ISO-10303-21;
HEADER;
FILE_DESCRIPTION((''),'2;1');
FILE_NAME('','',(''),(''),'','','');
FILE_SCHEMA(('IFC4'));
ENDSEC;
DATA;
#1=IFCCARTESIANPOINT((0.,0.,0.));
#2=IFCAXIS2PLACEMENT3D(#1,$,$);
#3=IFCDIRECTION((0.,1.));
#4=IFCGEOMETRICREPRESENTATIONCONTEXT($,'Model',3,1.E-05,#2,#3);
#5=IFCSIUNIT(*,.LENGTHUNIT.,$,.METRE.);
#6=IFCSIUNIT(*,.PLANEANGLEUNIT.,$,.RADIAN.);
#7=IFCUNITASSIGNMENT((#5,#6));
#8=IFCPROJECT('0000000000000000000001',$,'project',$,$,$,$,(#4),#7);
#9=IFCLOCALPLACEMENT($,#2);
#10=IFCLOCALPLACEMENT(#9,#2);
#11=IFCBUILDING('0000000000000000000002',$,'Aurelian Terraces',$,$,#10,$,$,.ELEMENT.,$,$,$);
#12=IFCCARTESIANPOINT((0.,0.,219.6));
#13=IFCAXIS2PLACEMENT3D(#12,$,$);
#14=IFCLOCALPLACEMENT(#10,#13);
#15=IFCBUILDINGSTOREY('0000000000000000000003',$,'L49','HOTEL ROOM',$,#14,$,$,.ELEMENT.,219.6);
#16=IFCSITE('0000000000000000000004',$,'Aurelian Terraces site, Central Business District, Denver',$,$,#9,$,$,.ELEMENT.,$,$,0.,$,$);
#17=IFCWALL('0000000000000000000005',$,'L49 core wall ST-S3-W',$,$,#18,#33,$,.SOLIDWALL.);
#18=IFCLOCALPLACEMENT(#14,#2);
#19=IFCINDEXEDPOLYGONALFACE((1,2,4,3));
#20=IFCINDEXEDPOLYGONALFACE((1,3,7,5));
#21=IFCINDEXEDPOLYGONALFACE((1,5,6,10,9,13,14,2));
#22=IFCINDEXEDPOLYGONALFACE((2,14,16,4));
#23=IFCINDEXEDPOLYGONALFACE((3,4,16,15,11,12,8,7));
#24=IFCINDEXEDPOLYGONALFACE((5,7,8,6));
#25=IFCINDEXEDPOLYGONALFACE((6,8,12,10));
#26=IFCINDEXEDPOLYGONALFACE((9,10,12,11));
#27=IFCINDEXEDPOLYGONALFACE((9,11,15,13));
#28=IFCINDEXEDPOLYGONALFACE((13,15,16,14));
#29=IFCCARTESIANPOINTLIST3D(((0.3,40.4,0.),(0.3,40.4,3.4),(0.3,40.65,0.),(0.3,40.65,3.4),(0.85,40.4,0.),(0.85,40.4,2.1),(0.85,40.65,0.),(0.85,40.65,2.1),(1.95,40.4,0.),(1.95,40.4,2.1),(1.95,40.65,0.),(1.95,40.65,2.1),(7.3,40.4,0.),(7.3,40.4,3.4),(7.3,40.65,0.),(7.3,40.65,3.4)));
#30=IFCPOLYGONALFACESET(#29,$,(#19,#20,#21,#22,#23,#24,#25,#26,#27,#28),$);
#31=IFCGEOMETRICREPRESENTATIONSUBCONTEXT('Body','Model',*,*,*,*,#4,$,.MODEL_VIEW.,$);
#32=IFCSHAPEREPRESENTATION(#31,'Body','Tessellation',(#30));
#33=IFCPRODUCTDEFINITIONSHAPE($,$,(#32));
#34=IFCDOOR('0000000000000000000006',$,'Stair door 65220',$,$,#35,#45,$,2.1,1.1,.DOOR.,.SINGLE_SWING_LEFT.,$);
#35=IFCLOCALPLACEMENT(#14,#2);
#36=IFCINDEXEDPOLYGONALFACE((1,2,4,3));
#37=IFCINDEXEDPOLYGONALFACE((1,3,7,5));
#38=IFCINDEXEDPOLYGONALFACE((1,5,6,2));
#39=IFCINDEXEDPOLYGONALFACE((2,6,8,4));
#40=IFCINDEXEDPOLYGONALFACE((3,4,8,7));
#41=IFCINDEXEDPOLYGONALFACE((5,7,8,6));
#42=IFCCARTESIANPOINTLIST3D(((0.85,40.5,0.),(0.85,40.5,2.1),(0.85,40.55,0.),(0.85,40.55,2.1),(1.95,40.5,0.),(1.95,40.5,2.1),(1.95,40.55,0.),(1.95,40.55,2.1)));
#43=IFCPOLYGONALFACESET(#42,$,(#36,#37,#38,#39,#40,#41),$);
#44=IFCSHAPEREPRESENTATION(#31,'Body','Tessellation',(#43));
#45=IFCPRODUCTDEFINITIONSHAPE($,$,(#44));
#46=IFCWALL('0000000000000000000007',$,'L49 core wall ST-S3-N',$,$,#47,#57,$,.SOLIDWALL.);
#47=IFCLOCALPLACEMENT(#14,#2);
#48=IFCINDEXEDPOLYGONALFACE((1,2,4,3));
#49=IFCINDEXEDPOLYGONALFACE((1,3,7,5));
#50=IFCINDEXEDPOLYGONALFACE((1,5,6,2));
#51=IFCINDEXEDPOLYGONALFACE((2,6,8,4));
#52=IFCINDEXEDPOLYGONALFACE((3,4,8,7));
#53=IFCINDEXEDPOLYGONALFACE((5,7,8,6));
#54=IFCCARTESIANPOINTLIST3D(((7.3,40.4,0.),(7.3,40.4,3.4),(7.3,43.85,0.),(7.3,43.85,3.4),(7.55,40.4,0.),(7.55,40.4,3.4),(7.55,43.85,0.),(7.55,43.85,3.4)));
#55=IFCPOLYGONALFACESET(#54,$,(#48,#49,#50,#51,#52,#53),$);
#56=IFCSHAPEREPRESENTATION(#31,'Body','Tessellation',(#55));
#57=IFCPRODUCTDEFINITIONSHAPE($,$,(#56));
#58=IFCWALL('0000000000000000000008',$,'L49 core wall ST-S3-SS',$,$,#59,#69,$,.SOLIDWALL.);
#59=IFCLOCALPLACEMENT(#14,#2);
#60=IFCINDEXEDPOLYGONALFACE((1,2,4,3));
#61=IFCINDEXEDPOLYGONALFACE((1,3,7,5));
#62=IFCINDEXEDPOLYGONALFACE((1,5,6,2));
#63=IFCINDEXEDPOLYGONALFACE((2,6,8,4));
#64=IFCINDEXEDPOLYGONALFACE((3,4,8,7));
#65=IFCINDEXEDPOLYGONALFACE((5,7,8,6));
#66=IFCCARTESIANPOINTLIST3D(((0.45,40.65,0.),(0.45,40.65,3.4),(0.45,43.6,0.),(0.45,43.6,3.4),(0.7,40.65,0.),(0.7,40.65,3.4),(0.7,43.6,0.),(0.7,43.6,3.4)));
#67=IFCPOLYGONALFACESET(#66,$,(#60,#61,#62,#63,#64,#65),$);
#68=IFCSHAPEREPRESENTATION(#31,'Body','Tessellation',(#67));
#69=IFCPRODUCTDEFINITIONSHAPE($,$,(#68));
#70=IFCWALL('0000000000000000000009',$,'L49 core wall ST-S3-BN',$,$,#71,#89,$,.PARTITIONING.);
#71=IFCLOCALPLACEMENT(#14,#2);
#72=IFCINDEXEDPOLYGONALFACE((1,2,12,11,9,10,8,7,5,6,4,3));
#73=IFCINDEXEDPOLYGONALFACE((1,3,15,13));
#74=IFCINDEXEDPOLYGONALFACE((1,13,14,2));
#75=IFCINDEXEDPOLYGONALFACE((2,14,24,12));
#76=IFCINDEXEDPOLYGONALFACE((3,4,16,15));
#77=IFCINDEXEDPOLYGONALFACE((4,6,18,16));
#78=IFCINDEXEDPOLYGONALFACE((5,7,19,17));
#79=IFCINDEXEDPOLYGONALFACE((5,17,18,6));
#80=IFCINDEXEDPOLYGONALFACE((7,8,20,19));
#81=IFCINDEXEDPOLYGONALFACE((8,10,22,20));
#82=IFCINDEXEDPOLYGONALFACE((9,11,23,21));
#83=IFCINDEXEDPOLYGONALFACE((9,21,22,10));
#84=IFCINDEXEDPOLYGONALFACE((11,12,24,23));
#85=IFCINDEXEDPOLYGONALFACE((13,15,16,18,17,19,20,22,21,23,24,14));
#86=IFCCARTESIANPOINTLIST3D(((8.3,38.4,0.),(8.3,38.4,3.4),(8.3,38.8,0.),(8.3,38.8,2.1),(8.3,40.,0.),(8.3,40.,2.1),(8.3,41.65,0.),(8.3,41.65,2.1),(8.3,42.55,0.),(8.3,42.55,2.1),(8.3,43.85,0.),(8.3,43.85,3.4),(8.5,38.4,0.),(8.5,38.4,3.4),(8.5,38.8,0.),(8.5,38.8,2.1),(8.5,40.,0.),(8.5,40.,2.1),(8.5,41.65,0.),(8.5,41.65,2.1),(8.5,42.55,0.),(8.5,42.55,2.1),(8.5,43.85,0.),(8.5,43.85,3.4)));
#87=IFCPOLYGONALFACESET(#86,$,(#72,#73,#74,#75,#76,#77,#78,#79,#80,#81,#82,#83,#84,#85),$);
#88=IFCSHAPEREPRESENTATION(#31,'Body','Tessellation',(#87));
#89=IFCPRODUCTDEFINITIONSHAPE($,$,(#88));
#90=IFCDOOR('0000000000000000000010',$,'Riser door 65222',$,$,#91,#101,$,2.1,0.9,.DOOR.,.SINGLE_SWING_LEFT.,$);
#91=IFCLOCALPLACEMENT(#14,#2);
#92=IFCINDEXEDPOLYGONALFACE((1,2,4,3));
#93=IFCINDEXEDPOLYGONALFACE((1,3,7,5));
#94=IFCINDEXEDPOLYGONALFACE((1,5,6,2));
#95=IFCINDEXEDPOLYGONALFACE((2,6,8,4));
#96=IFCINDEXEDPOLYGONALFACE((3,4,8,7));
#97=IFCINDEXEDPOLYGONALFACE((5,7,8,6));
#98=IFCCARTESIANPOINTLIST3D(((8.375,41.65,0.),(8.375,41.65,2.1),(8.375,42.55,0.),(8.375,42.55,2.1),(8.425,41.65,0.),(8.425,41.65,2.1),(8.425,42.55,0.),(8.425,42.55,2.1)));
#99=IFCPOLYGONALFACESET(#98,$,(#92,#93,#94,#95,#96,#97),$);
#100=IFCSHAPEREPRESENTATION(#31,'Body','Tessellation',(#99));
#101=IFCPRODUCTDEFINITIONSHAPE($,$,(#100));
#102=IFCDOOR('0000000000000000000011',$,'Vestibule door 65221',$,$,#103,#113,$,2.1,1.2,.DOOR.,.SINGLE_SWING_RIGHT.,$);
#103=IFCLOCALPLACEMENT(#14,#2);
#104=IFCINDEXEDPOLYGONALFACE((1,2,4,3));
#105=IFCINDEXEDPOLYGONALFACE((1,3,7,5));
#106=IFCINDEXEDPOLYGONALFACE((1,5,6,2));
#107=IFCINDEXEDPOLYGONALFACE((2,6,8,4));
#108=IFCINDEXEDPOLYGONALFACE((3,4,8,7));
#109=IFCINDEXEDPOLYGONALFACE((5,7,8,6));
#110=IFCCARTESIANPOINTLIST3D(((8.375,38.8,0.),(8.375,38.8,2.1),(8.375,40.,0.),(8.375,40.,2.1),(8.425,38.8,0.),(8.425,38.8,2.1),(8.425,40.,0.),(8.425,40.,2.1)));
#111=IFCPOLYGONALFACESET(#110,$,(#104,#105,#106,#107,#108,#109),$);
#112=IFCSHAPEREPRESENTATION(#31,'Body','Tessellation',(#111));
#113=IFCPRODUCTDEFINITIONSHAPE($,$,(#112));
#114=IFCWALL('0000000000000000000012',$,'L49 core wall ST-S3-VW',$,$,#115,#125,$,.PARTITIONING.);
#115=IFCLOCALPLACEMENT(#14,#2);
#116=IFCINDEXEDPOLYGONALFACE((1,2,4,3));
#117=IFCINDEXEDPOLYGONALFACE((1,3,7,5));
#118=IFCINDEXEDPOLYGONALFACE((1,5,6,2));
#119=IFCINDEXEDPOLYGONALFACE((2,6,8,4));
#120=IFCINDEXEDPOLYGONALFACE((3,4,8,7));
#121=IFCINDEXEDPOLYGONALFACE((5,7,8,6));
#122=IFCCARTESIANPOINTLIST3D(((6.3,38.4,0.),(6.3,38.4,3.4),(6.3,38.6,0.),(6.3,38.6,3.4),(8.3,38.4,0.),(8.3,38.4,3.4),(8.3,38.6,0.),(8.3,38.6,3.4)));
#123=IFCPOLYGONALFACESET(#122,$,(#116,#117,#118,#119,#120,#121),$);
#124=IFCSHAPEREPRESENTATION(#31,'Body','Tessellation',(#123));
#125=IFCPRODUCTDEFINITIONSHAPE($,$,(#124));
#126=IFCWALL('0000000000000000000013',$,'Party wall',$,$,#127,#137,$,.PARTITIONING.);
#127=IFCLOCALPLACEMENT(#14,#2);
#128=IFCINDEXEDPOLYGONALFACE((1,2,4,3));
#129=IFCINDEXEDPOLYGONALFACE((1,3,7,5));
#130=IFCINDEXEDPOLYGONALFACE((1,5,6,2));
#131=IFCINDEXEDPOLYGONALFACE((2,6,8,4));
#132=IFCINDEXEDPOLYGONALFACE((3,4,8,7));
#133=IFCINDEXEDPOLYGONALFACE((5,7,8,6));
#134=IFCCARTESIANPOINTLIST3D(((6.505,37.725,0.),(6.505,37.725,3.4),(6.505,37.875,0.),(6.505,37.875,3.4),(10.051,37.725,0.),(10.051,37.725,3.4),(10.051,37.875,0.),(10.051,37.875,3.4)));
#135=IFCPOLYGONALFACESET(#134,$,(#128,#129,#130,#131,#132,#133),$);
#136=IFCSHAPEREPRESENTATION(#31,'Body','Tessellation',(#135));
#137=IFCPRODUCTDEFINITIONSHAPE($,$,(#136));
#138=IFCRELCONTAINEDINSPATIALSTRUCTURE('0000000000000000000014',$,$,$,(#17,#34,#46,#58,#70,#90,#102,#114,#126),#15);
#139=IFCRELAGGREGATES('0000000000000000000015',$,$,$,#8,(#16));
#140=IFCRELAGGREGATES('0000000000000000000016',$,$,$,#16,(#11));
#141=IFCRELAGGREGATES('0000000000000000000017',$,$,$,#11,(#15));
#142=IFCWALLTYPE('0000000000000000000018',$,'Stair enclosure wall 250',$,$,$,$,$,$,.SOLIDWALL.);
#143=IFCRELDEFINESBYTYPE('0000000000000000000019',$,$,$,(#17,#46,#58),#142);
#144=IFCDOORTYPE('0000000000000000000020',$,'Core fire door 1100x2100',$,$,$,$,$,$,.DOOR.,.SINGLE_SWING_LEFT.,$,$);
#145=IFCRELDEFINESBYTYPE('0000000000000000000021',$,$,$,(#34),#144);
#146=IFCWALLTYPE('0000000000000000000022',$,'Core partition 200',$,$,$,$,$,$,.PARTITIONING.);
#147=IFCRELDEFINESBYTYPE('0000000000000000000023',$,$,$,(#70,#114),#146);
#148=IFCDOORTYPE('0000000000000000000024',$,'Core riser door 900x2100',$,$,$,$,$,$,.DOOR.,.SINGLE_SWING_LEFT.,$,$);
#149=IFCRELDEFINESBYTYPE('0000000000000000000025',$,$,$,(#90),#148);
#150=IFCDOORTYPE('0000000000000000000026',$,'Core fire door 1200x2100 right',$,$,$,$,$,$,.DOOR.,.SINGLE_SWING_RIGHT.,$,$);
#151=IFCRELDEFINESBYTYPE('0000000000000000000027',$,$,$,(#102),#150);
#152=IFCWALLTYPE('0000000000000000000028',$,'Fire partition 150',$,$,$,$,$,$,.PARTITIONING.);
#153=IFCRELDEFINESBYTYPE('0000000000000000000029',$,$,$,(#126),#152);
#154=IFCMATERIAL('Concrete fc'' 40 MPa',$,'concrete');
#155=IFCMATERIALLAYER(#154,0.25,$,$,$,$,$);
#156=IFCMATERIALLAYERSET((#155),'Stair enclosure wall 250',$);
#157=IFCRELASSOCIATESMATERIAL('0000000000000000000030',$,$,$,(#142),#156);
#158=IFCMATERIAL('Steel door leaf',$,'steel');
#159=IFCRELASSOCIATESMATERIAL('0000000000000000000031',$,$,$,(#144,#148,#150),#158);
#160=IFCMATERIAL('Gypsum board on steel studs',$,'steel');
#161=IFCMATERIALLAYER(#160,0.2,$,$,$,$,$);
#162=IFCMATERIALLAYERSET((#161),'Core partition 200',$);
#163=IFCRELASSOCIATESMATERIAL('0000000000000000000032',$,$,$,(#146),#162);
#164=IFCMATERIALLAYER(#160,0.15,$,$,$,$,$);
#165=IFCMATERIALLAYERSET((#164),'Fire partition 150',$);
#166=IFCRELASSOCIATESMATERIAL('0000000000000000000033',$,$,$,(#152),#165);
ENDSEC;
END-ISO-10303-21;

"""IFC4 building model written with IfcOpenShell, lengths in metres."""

from ifc_helpers import new_model, si_unit, direction, frame, frame_2d, origin, place, context, subcontext, project, spatial, rectangle, extrude, source, transform, mapped, material, layer, layer_set, type_object, element, fill, save


model = new_model("IFC4")

# Units and contexts
model_context = context("Model", 3, precision=1e-05, world=origin(), true_north=direction((0.0, 1.0)))
body_context = subcontext(model_context, "Body", "Model", "MODEL_VIEW")
ifc_project = project(units=[si_unit("LENGTHUNIT", "METRE"), si_unit("PLANEANGLEUNIT", "RADIAN")], contexts=[model_context])

# Site, building, storey
site_placement = place(None, origin())
site = spatial("IfcSite", under=ifc_project, at=site_placement, Name="Aurelian Terraces site, Central Business District, Denver", CompositionType="ELEMENT", RefElevation=0.0)
building_placement = place(site_placement, origin())
building = spatial("IfcBuilding", under=site, at=building_placement, Name="Aurelian Terraces", CompositionType="ELEMENT")
storey_placement = place(building_placement, frame((0.0, 0.0, 219.6)))
storey = spatial("IfcBuildingStorey", under=building, at=storey_placement, Name="L49", Description="HOTEL ROOM", CompositionType="ELEMENT", Elevation=219.6)

# Shared definitions
ifc_material_1 = material(Name="Concrete fc' 40 MPa", Category="concrete")

# Wall, opening, door
ifc_layer_1 = layer(ifc_material_1, 0.25)
ifc_layer_set_1 = layer_set([ifc_layer_1], Name="Stair enclosure wall 250")
wall_type_1 = type_object("IfcWallType", Name="Stair enclosure wall 250", PredefinedType="SOLIDWALL", material=ifc_layer_set_1)
shared_shape_1 = source(origin(), body_context, "Body", "SweptSolid", [
    extrude(rectangle(XDim=7.0, YDim=0.25, at=frame_2d((3.5, 0.0))), origin(), (0.0, 0.0, 1.0), 3.4),
])
wall_1_placement = place(storey_placement, frame((0.3, 40.525, 0.0), z_axis=(0.0, 0.0, 1.0), x_axis=(1.0, 0.0, 0.0)))
wall_1 = element("IfcWall", 1, at=wall_1_placement, inside=storey, type_object=wall_type_1, Name="L49 core wall ST-S3-W", PredefinedType="SOLIDWALL", context=body_context, shape_type="MappedRepresentation", body=[
    mapped(shared_shape_1, transform((0.0, 0.0, 0.0), scale=1.0)),
])
shared_shape_2 = source(origin(), body_context, "Body", "SweptSolid", [
    extrude(rectangle(XDim=1.1, YDim=2.1, at=frame_2d((0.55, 1.05))), frame((0.0, 0.135, 0.0), z_axis=(0.0, -1.0, 0.0), x_axis=(1.0, 0.0, 0.0)), (0.0, 0.0, 1.0), 0.27),
])
opening_1_placement = place(wall_1_placement, frame((0.55, 0.0, 0.0)))
opening_1 = element("IfcOpeningElement", 2, at=opening_1_placement, cuts=wall_1, PredefinedType="OPENING", context=body_context, shape_type="MappedRepresentation", body=[
    mapped(shared_shape_2, transform((0.0, 0.0, 0.0), scale=1.0)),
])
ifc_material_2 = material(Name="Steel door leaf", Category="steel")
door_type_1 = type_object("IfcDoorType", Name="Core fire door 1100x2100", OperationType="SINGLE_SWING_LEFT", PredefinedType="DOOR", material=ifc_material_2)
shared_shape_3 = source(origin(), body_context, "Body", "SweptSolid", [
    extrude(rectangle(XDim=1.1, YDim=2.1, at=frame_2d((0.55, 1.05))), frame((0.0, 0.025, 0.0), z_axis=(0.0, -1.0, 0.0), x_axis=(1.0, 0.0, 0.0)), (0.0, 0.0, 1.0), 0.05),
])
door_1_placement = place(opening_1_placement, origin())
door_1 = element("IfcDoor", 3, at=door_1_placement, inside=storey, type_object=door_type_1, Name="Stair door 65220", OperationType="SINGLE_SWING_LEFT", OverallHeight=2.1, OverallWidth=1.1, PredefinedType="DOOR", context=body_context, shape_type="MappedRepresentation", body=[
    mapped(shared_shape_3, transform((0.0, 0.0, 0.0), scale=1.0)),
])
fill(opening_1, door_1)

# Walls
shared_shape_4 = source(origin(), body_context, "Body", "SweptSolid", [
    extrude(rectangle(XDim=3.45, YDim=0.25, at=frame_2d((1.725, 0.0))), origin(), (0.0, 0.0, 1.0), 3.4),
])
wall_2_placement = place(storey_placement, frame((7.425, 40.4, 0.0), z_axis=(0.0, 0.0, 1.0), x_axis=(0.0, 1.0, 0.0)))
element("IfcWall", 4, at=wall_2_placement, inside=storey, type_object=wall_type_1, Name="L49 core wall ST-S3-N", PredefinedType="SOLIDWALL", context=body_context, shape_type="MappedRepresentation", body=[
    mapped(shared_shape_4, transform((0.0, 0.0, 0.0), scale=1.0)),
])
shared_shape_5 = source(origin(), body_context, "Body", "SweptSolid", [
    extrude(rectangle(XDim=2.95, YDim=0.25, at=frame_2d((1.475, 0.0))), origin(), (0.0, 0.0, 1.0), 3.4),
])
wall_3_placement = place(storey_placement, frame((0.575, 40.65, 0.0), z_axis=(0.0, 0.0, 1.0), x_axis=(0.0, 1.0, 0.0)))
element("IfcWall", 5, at=wall_3_placement, inside=storey, type_object=wall_type_1, Name="L49 core wall ST-S3-SS", PredefinedType="SOLIDWALL", context=body_context, shape_type="MappedRepresentation", body=[
    mapped(shared_shape_5, transform((0.0, 0.0, 0.0), scale=1.0)),
])

# Wall, openings, doors
ifc_material_3 = material(Name="Gypsum board on steel studs", Category="steel")
ifc_layer_2 = layer(ifc_material_3, 0.2)
ifc_layer_set_2 = layer_set([ifc_layer_2], Name="Core partition 200")
wall_type_2 = type_object("IfcWallType", Name="Core partition 200", PredefinedType="PARTITIONING", material=ifc_layer_set_2)
shared_shape_6 = source(origin(), body_context, "Body", "SweptSolid", [
    extrude(rectangle(XDim=5.45, YDim=0.2, at=frame_2d((2.725, 0.0))), origin(), (0.0, 0.0, 1.0), 3.4),
])
wall_4_placement = place(storey_placement, frame((8.4, 38.4, 0.0), z_axis=(0.0, 0.0, 1.0), x_axis=(0.0, 1.0, 0.0)))
wall_4 = element("IfcWall", 6, at=wall_4_placement, inside=storey, type_object=wall_type_2, Name="L49 core wall ST-S3-BN", PredefinedType="PARTITIONING", context=body_context, shape_type="MappedRepresentation", body=[
    mapped(shared_shape_6, transform((0.0, 0.0, 0.0), scale=1.0)),
])
shared_shape_7 = source(origin(), body_context, "Body", "SweptSolid", [
    extrude(rectangle(XDim=1.2, YDim=2.1, at=frame_2d((0.6, 1.05))), frame((0.0, 0.11, 0.0), z_axis=(0.0, -1.0, 0.0), x_axis=(1.0, 0.0, 0.0)), (0.0, 0.0, 1.0), 0.22),
])
opening_2_placement = place(wall_4_placement, frame((0.4, 0.0, 0.0)))
opening_2 = element("IfcOpeningElement", 7, at=opening_2_placement, cuts=wall_4, PredefinedType="OPENING", context=body_context, shape_type="MappedRepresentation", body=[
    mapped(shared_shape_7, transform((0.0, 0.0, 0.0), scale=1.0)),
])
shared_shape_8 = source(origin(), body_context, "Body", "SweptSolid", [
    extrude(rectangle(XDim=0.9, YDim=2.1, at=frame_2d((0.45, 1.05))), frame((0.0, 0.11, 0.0), z_axis=(0.0, -1.0, 0.0), x_axis=(1.0, 0.0, 0.0)), (0.0, 0.0, 1.0), 0.22),
])
opening_3_placement = place(wall_4_placement, frame((3.25, 0.0, 0.0)))
opening_3 = element("IfcOpeningElement", 8, at=opening_3_placement, cuts=wall_4, PredefinedType="OPENING", context=body_context, shape_type="MappedRepresentation", body=[
    mapped(shared_shape_8, transform((0.0, 0.0, 0.0), scale=1.0)),
])
door_type_2 = type_object("IfcDoorType", Name="Core riser door 900x2100", OperationType="SINGLE_SWING_LEFT", PredefinedType="DOOR", material=ifc_material_2)
shared_shape_9 = source(origin(), body_context, "Body", "SweptSolid", [
    extrude(rectangle(XDim=0.9, YDim=2.1, at=frame_2d((0.45, 1.05))), frame((0.0, 0.025, 0.0), z_axis=(0.0, -1.0, 0.0), x_axis=(1.0, 0.0, 0.0)), (0.0, 0.0, 1.0), 0.05),
])
door_2_placement = place(opening_3_placement, origin())
door_2 = element("IfcDoor", 9, at=door_2_placement, inside=storey, type_object=door_type_2, Name="Riser door 65222", OperationType="SINGLE_SWING_LEFT", OverallHeight=2.1, OverallWidth=0.9, PredefinedType="DOOR", context=body_context, shape_type="MappedRepresentation", body=[
    mapped(shared_shape_9, transform((0.0, 0.0, 0.0), scale=1.0)),
])
fill(opening_3, door_2)
door_type_3 = type_object("IfcDoorType", Name="Core fire door 1200x2100 right", OperationType="SINGLE_SWING_RIGHT", PredefinedType="DOOR", material=ifc_material_2)
shared_shape_10 = source(origin(), body_context, "Body", "SweptSolid", [
    extrude(rectangle(XDim=1.2, YDim=2.1, at=frame_2d((0.6, 1.05))), frame((0.0, 0.025, 0.0), z_axis=(0.0, -1.0, 0.0), x_axis=(1.0, 0.0, 0.0)), (0.0, 0.0, 1.0), 0.05),
])
door_3_placement = place(opening_2_placement, origin())
door_3 = element("IfcDoor", 10, at=door_3_placement, inside=storey, type_object=door_type_3, Name="Vestibule door 65221", OperationType="SINGLE_SWING_RIGHT", OverallHeight=2.1, OverallWidth=1.2, PredefinedType="DOOR", context=body_context, shape_type="MappedRepresentation", body=[
    mapped(shared_shape_10, transform((0.0, 0.0, 0.0), scale=1.0)),
])
fill(opening_2, door_3)

# Walls
shared_shape_11 = source(origin(), body_context, "Body", "SweptSolid", [
    extrude(rectangle(XDim=2.0, YDim=0.2, at=frame_2d((1.0, 0.0))), origin(), (0.0, 0.0, 1.0), 3.4),
])
wall_5_placement = place(storey_placement, frame((6.3, 38.5, 0.0), z_axis=(0.0, 0.0, 1.0), x_axis=(1.0, 0.0, 0.0)))
element("IfcWall", 11, at=wall_5_placement, inside=storey, type_object=wall_type_2, Name="L49 core wall ST-S3-VW", PredefinedType="PARTITIONING", context=body_context, shape_type="MappedRepresentation", body=[
    mapped(shared_shape_11, transform((0.0, 0.0, 0.0), scale=1.0)),
])
ifc_layer_3 = layer(ifc_material_3, 0.15)
ifc_layer_set_3 = layer_set([ifc_layer_3], Name="Fire partition 150")
wall_type_3 = type_object("IfcWallType", Name="Fire partition 150", PredefinedType="PARTITIONING", material=ifc_layer_set_3)
shared_shape_12 = source(origin(), body_context, "Body", "SweptSolid", [
    extrude(rectangle(XDim=3.546, YDim=0.15, at=frame_2d((1.773, 0.0))), origin(), (0.0, 0.0, 1.0), 3.4),
])
wall_6_placement = place(storey_placement, frame((10.051, 37.8, 0.0), z_axis=(0.0, 0.0, 1.0), x_axis=(-1.0, 0.0, 0.0)))
element("IfcWall", 12, at=wall_6_placement, inside=storey, type_object=wall_type_3, Name="Party wall", PredefinedType="PARTITIONING", context=body_context, shape_type="MappedRepresentation", body=[
    mapped(shared_shape_12, transform((0.0, 0.0, 0.0), scale=1.0)),
])

save(model, "model.ifc")
